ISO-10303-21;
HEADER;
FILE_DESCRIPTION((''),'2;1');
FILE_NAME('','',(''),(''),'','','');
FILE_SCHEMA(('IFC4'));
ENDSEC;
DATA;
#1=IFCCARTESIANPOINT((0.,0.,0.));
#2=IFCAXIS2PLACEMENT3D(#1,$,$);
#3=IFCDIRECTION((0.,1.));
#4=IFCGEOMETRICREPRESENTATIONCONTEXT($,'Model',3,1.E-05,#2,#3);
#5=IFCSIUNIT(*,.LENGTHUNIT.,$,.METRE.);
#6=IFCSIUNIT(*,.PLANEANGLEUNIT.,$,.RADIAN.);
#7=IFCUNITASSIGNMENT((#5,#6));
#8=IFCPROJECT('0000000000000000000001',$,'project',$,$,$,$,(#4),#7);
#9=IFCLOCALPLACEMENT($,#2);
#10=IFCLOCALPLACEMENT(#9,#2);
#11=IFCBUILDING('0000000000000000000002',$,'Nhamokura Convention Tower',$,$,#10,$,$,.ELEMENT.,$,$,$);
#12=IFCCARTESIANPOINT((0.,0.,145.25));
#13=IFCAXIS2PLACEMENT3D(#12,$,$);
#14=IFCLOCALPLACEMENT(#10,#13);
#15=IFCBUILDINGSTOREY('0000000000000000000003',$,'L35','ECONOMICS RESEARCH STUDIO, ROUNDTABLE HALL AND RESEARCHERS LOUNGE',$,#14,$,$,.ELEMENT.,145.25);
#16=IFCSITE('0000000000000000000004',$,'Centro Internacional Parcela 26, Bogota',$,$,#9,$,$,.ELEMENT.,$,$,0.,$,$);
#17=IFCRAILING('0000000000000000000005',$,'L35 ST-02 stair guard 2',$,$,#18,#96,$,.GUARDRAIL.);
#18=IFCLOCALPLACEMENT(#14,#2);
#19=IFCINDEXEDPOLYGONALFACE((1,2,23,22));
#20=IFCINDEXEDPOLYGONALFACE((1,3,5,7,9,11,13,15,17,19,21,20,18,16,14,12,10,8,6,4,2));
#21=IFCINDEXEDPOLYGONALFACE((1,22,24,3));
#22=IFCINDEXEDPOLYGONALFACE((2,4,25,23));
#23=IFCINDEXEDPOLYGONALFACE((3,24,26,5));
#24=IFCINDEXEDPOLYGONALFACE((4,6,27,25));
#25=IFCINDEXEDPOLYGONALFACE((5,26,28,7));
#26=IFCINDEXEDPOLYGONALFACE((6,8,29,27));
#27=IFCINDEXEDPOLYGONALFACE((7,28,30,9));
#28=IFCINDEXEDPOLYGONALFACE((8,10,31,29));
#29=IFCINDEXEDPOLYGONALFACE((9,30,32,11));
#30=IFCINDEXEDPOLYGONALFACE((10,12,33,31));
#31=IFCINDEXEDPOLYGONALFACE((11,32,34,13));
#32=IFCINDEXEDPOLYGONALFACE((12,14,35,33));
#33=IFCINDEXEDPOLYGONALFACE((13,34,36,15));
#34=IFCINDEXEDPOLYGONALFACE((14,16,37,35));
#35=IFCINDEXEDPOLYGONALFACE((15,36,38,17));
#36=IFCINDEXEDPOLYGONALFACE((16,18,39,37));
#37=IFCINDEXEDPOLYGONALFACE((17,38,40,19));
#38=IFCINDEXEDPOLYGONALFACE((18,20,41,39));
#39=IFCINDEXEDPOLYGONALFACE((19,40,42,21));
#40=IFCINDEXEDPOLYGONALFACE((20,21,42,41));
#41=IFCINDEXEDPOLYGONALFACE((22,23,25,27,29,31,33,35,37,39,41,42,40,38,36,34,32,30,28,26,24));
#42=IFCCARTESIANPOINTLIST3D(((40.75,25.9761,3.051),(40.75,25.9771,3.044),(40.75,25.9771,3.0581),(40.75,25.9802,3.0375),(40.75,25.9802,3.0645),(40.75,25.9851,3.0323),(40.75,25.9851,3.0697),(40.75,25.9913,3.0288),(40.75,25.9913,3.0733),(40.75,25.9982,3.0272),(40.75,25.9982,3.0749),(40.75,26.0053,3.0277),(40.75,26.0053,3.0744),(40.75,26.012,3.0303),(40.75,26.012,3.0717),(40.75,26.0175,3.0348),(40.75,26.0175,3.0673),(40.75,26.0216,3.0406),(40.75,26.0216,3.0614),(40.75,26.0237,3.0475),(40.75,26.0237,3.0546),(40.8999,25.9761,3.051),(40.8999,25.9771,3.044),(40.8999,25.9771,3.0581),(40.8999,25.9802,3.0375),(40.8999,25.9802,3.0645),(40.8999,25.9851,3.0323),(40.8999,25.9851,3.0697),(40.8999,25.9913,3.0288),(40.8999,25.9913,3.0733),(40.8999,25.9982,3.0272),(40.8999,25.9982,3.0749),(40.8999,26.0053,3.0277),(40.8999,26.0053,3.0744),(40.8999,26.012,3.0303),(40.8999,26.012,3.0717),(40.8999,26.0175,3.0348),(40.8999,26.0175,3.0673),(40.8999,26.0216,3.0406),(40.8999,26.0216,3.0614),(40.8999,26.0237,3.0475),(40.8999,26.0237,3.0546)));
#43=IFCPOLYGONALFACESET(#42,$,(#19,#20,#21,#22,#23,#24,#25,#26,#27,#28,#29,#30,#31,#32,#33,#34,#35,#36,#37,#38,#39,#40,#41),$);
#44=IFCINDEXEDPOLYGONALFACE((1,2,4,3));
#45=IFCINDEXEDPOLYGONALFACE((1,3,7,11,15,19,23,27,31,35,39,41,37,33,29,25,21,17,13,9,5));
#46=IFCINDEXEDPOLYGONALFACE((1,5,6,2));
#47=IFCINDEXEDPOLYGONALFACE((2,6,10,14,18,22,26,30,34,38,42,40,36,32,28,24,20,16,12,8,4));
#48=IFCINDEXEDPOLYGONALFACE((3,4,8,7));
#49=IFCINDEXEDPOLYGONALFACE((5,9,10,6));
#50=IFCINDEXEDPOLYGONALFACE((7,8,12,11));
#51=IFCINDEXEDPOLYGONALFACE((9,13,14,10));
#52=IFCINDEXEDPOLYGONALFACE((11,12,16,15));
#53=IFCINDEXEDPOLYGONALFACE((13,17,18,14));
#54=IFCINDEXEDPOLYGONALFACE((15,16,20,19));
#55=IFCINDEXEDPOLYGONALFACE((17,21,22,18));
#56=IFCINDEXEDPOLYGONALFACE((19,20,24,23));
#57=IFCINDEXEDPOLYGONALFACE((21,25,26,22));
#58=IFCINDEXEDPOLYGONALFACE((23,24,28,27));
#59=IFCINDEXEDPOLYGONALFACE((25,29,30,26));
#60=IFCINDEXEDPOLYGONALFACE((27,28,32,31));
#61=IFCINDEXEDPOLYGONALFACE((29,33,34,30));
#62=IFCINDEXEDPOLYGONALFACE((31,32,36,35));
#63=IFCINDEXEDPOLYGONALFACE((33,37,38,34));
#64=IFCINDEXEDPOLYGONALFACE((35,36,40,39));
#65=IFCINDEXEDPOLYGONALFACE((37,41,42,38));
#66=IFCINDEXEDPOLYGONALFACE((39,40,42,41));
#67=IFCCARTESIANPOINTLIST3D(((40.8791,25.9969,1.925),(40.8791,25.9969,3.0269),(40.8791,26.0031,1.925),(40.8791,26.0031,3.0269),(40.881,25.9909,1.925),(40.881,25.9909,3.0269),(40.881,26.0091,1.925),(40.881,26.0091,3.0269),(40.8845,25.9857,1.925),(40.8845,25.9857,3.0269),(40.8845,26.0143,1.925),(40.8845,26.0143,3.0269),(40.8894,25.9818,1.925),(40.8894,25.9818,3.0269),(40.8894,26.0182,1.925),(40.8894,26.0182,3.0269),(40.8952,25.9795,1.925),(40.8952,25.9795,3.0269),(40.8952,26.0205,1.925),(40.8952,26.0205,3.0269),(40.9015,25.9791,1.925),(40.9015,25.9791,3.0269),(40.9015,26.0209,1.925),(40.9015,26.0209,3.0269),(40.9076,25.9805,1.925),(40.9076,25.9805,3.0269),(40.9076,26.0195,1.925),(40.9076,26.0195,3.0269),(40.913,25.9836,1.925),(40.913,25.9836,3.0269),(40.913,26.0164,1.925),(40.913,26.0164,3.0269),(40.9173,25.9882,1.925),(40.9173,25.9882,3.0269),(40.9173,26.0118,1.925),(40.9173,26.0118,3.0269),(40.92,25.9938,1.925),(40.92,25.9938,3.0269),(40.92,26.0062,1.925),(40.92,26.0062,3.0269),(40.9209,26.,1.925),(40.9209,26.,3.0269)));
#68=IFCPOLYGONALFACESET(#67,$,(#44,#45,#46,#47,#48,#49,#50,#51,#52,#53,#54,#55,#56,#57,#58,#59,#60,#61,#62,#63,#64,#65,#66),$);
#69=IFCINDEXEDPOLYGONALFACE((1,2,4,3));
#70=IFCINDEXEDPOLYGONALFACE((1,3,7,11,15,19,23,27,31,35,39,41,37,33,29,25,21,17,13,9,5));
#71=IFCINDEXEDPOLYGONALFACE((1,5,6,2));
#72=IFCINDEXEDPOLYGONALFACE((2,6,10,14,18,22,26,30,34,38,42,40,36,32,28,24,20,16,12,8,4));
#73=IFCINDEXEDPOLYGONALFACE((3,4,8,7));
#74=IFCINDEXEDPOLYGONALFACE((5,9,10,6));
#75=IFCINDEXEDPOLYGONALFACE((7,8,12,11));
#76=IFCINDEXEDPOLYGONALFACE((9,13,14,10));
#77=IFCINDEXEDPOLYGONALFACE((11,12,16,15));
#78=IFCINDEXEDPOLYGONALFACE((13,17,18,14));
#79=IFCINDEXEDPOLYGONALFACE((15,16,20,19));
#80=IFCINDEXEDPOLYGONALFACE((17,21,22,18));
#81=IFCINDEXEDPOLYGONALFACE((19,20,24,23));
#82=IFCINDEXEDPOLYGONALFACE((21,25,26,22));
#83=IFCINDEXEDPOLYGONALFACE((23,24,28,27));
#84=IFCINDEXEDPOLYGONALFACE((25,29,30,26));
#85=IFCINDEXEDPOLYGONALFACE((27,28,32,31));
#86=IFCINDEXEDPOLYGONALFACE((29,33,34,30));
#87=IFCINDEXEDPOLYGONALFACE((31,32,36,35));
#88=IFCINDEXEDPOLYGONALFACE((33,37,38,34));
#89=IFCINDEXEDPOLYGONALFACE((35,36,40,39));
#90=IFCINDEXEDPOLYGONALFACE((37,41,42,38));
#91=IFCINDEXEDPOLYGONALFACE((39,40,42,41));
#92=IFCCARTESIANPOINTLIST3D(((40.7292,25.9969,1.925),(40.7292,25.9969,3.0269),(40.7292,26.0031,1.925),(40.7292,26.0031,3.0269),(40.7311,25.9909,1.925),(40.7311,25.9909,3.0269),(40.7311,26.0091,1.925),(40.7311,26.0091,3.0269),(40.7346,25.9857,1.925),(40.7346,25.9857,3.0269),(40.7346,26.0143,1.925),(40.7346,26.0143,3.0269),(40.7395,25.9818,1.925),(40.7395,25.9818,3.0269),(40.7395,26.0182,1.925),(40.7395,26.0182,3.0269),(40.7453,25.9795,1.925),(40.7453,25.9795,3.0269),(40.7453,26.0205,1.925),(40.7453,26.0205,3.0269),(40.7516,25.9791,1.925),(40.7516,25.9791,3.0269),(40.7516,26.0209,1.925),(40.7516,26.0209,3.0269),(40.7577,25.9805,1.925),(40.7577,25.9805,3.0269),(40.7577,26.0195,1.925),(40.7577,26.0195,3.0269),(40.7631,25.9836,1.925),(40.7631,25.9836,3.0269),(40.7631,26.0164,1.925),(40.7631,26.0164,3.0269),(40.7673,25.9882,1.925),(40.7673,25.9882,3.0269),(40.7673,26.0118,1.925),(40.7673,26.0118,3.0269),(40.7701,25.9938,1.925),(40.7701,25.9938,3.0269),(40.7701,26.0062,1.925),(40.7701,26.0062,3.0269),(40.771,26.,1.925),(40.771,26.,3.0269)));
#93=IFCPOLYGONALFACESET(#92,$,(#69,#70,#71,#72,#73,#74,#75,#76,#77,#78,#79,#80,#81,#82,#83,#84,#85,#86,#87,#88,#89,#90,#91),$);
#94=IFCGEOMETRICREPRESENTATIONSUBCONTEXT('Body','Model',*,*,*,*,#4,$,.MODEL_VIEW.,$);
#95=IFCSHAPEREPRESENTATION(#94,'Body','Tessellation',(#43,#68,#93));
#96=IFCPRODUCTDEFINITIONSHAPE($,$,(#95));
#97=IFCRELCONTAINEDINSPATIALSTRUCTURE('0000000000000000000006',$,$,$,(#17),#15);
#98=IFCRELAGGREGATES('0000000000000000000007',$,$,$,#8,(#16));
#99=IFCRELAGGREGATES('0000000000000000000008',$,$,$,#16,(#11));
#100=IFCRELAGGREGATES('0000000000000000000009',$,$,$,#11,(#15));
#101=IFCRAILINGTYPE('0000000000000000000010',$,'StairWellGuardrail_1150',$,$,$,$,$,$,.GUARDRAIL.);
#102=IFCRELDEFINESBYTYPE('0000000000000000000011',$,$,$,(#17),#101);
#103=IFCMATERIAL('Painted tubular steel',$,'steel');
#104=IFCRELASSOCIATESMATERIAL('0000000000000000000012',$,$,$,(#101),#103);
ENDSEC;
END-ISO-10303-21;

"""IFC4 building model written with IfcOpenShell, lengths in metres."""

from ifc_helpers import new_model, si_unit, direction, frame, origin, origin_2d, place, context, subcontext, project, spatial, circle, extrude, material, type_object, element, save


model = new_model("IFC4")

# Units and contexts
model_context = context("Model", 3, precision=1e-05, world=origin(), true_north=direction((0.0, 1.0)))
body_context = subcontext(model_context, "Body", "Model", "MODEL_VIEW")
ifc_project = project(units=[si_unit("LENGTHUNIT", "METRE"), si_unit("PLANEANGLEUNIT", "RADIAN")], contexts=[model_context])

# Site, building, storey
site_placement = place(None, origin())
site = spatial("IfcSite", under=ifc_project, at=site_placement, Name="Centro Internacional Parcela 26, Bogota", CompositionType="ELEMENT", RefElevation=0.0)
building_placement = place(site_placement, origin())
building = spatial("IfcBuilding", under=site, at=building_placement, Name="Nhamokura Convention Tower", CompositionType="ELEMENT")
storey_placement = place(building_placement, frame((0.0, 0.0, 145.25)))
storey = spatial("IfcBuildingStorey", under=building, at=storey_placement, Name="L35", Description="ECONOMICS RESEARCH STUDIO, ROUNDTABLE HALL AND RESEARCHERS LOUNGE", CompositionType="ELEMENT", Elevation=145.25)

# Railing
ifc_material_1 = material(Name="Painted tubular steel", Category="steel")
railing_type_1 = type_object("IfcRailingType", Name="StairWellGuardrail_1150", PredefinedType="GUARDRAIL", material=ifc_material_1)
railing_1_placement = place(storey_placement, frame((40.8999, 26.0, 1.925)))
element("IfcRailing", 1, at=railing_1_placement, inside=storey, type_object=railing_type_1, Name="L35 ST-02 stair guard 2", PredefinedType="GUARDRAIL", context=body_context, shape_type="SweptSolid", body=[
    extrude(circle(Radius=0.0239, at=origin_2d()), frame((0.0, 0.0, 1.126), z_axis=(-1.0, 0.0, 0.0), x_axis=(0.0, -1.0, 0.0)), (0.0, 0.0, 1.0), 0.1499),
    extrude(circle(Radius=0.021, at=origin_2d()), origin(), (0.0, 0.0, 1.0), 1.1018),
    extrude(circle(Radius=0.021, at=origin_2d()), frame((-0.1499, 0.0, 0.0)), (0.0, 0.0, 1.0), 1.1018),
])

save(model, "model.ifc")
